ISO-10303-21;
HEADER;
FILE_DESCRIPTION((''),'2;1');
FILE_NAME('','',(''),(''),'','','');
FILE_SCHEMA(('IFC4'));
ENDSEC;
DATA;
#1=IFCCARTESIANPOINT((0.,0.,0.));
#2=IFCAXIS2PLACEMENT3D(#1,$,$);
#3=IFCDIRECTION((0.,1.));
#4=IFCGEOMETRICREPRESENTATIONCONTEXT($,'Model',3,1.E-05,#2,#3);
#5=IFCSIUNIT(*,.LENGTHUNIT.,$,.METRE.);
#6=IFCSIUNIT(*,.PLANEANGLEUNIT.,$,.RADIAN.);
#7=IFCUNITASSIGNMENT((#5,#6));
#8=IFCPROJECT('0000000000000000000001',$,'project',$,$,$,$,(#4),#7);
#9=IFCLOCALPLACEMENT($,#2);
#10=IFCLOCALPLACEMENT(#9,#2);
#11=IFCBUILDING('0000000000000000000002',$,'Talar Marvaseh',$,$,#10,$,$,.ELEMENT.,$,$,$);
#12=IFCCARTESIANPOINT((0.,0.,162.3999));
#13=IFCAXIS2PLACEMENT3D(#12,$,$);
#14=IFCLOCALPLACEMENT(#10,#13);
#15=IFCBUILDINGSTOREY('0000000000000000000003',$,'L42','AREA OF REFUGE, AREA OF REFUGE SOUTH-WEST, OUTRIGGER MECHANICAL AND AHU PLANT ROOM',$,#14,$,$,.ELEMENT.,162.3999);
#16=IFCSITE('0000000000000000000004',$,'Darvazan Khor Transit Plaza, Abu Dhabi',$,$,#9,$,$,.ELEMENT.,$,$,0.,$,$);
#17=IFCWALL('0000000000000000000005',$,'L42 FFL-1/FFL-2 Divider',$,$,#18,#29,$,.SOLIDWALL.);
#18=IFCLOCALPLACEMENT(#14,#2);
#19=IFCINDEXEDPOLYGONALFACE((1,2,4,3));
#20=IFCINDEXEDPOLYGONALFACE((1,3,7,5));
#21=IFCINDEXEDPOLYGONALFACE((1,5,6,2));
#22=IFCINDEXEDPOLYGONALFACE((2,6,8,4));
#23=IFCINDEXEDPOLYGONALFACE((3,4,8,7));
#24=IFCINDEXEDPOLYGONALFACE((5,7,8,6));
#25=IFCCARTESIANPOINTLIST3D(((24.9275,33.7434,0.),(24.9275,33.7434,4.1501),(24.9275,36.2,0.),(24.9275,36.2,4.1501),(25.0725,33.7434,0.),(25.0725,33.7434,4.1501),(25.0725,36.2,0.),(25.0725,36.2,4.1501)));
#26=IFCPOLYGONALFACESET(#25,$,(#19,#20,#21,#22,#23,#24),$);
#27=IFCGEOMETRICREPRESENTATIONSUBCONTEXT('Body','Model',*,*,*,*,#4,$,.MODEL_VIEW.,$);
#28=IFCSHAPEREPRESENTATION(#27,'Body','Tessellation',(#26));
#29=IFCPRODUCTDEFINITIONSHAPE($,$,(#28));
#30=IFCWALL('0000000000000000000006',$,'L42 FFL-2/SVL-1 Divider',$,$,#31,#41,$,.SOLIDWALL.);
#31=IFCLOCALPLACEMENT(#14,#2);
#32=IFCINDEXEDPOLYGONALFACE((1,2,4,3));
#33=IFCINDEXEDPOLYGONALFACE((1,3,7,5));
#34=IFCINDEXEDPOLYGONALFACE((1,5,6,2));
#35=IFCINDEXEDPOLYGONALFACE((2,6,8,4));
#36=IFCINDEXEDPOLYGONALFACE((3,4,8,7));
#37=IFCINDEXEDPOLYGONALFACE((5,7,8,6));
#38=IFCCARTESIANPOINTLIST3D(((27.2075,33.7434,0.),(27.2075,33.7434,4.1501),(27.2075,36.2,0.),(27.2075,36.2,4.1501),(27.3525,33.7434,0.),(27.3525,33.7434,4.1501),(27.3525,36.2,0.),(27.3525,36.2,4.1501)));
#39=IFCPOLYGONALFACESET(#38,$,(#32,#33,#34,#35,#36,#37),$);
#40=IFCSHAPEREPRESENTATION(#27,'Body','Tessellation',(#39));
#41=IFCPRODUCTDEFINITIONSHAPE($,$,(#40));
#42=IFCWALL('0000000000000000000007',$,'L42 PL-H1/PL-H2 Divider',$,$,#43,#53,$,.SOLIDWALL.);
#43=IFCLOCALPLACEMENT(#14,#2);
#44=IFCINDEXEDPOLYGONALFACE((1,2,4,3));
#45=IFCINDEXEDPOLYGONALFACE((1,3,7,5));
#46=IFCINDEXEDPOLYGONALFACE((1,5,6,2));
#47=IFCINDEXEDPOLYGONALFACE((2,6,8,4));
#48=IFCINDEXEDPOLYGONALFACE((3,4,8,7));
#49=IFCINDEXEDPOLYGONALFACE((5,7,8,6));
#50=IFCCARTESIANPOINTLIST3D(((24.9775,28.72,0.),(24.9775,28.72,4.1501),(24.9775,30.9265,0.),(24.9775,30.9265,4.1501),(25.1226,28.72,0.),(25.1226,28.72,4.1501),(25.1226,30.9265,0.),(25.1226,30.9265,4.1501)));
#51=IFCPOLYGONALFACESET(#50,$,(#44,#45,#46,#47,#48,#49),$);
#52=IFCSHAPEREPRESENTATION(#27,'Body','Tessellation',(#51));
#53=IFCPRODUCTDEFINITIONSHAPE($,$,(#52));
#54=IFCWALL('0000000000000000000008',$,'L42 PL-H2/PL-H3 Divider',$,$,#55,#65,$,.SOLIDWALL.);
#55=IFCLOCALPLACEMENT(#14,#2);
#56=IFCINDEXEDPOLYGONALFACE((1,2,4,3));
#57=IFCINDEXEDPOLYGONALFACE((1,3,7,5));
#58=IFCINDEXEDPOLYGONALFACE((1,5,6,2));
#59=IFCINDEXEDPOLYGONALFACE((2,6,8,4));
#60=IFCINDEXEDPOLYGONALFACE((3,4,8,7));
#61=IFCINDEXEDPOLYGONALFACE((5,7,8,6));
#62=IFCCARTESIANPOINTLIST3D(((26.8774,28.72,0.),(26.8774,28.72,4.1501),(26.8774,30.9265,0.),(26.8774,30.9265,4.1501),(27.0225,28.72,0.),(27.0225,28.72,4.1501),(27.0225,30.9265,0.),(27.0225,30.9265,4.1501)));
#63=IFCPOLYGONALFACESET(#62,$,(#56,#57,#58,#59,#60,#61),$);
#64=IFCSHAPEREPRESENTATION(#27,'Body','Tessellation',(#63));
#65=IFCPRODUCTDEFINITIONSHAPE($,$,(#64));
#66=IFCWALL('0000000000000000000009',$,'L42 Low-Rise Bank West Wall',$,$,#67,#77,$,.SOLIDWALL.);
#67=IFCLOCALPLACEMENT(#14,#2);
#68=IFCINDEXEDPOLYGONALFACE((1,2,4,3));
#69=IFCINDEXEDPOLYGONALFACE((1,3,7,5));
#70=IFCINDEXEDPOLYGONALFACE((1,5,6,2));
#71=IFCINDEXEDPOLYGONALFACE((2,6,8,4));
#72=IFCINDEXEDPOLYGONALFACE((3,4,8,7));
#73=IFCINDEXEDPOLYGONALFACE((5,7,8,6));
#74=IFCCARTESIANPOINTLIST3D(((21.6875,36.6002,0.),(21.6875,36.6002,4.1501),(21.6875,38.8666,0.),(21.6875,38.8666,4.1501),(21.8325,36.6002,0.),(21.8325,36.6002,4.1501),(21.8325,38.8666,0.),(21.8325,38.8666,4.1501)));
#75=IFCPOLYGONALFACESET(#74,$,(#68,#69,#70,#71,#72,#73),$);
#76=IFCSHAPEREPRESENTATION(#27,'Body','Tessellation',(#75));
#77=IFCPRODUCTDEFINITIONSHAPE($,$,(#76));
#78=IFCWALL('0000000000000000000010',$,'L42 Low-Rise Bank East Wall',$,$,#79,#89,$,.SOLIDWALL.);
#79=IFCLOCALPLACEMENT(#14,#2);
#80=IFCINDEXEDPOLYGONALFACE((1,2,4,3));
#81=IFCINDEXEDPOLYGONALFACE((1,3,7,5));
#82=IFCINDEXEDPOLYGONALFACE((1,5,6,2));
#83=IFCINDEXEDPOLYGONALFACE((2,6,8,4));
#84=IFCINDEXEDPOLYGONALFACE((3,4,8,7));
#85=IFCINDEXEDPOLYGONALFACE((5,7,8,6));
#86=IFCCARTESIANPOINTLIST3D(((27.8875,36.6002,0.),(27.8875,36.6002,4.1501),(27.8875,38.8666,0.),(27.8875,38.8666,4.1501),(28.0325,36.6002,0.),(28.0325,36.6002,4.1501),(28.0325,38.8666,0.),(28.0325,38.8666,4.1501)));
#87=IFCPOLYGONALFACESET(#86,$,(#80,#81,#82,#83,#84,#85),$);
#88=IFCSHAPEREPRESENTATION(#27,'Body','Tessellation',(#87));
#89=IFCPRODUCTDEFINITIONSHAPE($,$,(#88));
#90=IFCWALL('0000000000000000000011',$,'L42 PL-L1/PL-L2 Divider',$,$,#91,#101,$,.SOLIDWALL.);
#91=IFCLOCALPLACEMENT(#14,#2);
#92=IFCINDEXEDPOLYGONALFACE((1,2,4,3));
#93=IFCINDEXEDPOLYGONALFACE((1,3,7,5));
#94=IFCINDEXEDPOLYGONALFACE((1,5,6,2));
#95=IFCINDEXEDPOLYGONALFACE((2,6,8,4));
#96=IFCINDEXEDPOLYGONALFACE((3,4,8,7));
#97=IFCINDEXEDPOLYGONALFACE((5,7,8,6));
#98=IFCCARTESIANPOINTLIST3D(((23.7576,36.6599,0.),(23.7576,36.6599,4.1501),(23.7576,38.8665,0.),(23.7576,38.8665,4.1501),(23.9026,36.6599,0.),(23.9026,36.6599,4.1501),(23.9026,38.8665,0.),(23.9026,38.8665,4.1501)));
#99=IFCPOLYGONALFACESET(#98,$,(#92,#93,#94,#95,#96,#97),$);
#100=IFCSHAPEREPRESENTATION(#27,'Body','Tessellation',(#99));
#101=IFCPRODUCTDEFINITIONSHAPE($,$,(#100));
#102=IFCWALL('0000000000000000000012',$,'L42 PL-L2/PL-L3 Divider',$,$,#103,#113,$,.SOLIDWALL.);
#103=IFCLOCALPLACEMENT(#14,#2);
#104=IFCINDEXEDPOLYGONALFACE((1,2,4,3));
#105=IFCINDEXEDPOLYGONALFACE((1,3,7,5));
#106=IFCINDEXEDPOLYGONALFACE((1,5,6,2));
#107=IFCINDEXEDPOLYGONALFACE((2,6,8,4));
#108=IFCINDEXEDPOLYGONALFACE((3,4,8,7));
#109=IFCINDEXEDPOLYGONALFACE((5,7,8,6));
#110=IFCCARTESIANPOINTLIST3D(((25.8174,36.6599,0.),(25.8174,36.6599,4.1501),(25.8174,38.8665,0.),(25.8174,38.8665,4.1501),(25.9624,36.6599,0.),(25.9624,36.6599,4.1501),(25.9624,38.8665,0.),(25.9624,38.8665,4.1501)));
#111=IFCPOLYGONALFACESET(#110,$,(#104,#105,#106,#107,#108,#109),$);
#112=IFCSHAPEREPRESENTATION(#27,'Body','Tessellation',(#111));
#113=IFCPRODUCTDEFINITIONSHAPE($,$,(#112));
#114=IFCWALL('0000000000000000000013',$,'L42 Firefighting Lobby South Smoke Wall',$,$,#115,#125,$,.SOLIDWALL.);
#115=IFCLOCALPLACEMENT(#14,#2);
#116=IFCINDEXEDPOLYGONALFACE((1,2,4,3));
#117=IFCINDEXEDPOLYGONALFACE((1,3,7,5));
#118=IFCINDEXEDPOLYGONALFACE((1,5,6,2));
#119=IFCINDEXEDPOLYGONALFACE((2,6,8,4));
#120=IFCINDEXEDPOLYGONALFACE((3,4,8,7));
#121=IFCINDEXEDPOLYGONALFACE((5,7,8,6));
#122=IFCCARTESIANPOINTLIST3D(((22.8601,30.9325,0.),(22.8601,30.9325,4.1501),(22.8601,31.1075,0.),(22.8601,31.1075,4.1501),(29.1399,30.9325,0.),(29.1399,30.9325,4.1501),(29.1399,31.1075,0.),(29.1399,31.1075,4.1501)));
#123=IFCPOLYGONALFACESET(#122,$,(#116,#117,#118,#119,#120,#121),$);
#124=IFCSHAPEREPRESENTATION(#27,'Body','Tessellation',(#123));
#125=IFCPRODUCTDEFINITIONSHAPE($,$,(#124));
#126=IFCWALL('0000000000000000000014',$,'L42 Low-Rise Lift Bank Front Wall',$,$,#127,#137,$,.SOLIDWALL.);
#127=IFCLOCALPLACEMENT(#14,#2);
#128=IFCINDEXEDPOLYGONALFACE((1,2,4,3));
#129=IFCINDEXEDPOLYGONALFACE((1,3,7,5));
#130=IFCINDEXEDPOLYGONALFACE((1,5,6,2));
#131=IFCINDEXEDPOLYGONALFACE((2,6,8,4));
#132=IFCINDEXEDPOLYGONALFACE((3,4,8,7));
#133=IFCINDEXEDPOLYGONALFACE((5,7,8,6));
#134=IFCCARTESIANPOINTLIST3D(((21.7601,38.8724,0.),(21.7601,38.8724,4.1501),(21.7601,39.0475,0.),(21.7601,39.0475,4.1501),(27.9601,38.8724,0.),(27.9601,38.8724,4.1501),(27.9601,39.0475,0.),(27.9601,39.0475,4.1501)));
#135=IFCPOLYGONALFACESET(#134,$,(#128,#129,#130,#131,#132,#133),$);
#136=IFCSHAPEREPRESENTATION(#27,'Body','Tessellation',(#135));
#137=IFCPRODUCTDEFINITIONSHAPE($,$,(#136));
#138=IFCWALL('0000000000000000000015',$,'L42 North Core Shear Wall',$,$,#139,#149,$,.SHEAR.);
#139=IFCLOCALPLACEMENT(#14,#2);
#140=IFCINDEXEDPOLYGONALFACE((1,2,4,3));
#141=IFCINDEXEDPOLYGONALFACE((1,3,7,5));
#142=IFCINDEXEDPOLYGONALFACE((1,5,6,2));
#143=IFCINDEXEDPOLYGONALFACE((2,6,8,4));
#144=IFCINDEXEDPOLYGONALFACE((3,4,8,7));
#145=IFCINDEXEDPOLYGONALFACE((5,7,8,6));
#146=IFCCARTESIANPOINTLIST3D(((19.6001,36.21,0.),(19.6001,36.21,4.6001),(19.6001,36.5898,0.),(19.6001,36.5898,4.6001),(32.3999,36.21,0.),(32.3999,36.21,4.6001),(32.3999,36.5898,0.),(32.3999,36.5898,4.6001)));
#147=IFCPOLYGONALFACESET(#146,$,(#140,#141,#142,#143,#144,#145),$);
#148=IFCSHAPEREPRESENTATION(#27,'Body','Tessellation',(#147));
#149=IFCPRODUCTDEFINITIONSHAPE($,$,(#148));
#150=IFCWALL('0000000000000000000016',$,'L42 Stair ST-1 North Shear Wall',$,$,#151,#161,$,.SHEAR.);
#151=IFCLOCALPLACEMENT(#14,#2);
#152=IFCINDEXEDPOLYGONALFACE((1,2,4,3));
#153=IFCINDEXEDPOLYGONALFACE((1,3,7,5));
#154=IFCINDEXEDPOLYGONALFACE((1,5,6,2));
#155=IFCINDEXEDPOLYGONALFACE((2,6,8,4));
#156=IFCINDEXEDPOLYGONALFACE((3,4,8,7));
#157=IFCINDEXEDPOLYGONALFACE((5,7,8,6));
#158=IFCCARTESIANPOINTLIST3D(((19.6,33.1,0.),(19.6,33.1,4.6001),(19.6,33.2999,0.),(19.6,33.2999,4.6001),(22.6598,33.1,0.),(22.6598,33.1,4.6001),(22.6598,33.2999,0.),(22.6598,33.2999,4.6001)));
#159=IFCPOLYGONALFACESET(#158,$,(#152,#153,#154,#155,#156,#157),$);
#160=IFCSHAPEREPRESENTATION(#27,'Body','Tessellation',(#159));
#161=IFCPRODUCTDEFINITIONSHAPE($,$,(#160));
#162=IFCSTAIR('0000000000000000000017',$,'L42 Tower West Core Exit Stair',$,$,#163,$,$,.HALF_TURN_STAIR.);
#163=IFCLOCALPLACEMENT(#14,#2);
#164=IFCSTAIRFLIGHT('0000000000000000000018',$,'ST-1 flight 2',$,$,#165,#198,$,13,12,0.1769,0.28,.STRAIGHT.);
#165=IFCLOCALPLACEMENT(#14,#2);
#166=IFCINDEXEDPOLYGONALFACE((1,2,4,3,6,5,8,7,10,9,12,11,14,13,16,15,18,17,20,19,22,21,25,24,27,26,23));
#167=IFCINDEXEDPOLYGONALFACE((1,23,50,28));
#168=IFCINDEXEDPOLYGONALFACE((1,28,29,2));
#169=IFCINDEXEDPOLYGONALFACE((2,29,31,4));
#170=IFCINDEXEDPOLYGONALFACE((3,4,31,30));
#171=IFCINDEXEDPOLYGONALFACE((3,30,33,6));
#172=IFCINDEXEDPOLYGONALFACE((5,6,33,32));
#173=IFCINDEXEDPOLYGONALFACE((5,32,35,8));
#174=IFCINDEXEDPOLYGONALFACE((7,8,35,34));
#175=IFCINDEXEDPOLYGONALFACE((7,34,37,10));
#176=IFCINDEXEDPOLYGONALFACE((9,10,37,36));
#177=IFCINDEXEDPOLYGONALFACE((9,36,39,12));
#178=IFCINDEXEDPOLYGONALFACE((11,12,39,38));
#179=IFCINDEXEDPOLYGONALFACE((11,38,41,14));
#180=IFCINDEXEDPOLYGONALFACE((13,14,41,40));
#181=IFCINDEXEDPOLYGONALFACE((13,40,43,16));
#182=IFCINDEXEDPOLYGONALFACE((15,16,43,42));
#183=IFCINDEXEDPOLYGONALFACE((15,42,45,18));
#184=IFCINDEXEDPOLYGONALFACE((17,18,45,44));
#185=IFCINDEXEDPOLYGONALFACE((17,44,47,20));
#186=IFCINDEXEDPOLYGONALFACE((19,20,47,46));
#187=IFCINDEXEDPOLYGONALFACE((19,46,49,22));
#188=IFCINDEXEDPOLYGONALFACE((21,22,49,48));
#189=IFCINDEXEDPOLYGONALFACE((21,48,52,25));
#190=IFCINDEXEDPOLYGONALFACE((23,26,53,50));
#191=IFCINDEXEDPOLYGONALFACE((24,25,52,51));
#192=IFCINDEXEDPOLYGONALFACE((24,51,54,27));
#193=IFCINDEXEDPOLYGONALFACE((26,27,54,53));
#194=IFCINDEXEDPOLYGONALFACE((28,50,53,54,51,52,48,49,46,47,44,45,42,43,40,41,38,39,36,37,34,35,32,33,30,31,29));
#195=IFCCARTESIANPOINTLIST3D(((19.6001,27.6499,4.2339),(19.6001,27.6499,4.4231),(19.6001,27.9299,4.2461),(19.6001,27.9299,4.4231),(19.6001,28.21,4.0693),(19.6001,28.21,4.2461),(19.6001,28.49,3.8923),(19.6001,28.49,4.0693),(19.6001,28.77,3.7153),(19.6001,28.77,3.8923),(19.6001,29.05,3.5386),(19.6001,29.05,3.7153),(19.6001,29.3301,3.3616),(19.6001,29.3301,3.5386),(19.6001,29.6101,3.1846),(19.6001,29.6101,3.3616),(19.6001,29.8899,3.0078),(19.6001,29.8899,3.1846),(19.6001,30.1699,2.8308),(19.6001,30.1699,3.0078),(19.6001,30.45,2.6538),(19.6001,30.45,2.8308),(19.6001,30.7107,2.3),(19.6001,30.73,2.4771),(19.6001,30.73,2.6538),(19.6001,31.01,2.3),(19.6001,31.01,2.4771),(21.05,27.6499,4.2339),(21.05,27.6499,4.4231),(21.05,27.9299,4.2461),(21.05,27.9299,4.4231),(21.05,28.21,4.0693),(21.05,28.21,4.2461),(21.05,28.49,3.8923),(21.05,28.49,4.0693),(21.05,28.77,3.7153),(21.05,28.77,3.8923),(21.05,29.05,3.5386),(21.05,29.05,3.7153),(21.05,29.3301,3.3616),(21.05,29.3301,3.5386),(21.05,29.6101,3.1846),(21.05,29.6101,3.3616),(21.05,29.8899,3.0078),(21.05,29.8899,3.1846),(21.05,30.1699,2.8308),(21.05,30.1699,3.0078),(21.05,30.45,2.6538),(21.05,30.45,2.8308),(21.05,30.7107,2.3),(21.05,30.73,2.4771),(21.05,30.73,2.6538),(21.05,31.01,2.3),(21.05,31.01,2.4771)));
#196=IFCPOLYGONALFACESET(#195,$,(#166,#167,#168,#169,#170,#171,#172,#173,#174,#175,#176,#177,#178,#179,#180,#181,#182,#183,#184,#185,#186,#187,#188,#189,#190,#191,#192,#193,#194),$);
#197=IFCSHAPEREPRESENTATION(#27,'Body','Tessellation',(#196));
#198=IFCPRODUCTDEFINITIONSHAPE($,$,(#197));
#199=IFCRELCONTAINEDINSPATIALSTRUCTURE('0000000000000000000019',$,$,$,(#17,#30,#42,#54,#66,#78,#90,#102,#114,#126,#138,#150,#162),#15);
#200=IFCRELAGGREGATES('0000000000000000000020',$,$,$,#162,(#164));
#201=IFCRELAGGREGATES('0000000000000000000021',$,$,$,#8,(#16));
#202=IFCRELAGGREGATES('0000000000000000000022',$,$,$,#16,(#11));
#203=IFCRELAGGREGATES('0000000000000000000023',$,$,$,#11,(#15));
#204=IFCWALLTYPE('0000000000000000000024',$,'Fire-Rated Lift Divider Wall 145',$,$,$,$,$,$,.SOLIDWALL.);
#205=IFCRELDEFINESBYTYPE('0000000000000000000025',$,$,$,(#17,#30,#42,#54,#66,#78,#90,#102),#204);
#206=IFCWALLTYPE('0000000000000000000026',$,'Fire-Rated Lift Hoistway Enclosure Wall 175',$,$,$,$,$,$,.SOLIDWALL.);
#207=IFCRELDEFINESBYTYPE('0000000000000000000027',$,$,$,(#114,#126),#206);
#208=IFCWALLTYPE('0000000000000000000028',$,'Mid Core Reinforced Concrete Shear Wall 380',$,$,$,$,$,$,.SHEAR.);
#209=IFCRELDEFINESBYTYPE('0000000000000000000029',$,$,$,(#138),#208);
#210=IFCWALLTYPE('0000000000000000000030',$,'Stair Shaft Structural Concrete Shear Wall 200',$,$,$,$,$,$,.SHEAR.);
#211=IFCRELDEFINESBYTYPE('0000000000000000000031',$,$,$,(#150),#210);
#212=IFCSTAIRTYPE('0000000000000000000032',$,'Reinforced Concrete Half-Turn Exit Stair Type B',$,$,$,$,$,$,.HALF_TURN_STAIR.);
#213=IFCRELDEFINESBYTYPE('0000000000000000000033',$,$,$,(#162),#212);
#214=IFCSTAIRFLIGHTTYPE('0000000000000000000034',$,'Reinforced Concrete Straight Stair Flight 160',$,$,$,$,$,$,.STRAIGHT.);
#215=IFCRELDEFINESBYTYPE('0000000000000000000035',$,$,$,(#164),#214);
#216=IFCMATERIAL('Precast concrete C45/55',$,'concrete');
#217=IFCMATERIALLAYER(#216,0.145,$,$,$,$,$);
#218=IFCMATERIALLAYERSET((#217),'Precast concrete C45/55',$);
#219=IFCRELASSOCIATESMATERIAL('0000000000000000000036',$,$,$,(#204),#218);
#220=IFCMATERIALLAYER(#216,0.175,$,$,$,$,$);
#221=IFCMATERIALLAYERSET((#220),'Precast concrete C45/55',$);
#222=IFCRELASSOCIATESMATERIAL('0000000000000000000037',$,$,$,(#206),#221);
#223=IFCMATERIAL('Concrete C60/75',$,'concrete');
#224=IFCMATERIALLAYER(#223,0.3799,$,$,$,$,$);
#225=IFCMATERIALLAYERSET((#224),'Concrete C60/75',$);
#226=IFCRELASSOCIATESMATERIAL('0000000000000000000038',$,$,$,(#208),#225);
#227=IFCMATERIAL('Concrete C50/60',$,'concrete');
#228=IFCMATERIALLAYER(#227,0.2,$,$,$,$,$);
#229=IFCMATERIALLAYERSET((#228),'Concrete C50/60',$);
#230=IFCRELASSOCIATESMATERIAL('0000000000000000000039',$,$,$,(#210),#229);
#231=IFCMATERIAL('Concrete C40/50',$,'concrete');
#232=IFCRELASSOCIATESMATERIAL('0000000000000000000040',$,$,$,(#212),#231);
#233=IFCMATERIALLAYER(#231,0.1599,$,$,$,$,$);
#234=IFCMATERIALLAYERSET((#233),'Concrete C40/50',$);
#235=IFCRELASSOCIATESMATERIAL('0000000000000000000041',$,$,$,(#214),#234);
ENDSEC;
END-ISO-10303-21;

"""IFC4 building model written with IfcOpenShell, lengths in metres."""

from ifc_helpers import new_model, si_unit, direction, frame, frame_2d, origin, place, context, subcontext, project, spatial, polyline, rectangle, outline, extrude, material, layer, layer_set, type_object, element, aggregate, save


model = new_model("IFC4")

# Units and contexts
model_context = context("Model", 3, precision=1e-05, world=origin(), true_north=direction((0.0, 1.0)))
body_context = subcontext(model_context, "Body", "Model", "MODEL_VIEW")
ifc_project = project(units=[si_unit("LENGTHUNIT", "METRE"), si_unit("PLANEANGLEUNIT", "RADIAN")], contexts=[model_context])

# Site, building, storey
site_placement = place(None, origin())
site = spatial("IfcSite", under=ifc_project, at=site_placement, Name="Darvazan Khor Transit Plaza, Abu Dhabi", CompositionType="ELEMENT", RefElevation=0.0)
building_placement = place(site_placement, origin())
building = spatial("IfcBuilding", under=site, at=building_placement, Name="Talar Marvaseh", CompositionType="ELEMENT")
storey_placement = place(building_placement, frame((0.0, 0.0, 162.3999)))
storey = spatial("IfcBuildingStorey", under=building, at=storey_placement, Name="L42", Description="AREA OF REFUGE, AREA OF REFUGE SOUTH-WEST, OUTRIGGER MECHANICAL AND AHU PLANT ROOM", CompositionType="ELEMENT", Elevation=162.3999)

# Walls
ifc_material_1 = material(Name="Precast concrete C45/55", Category="concrete")
ifc_layer_1 = layer(ifc_material_1, 0.145)
ifc_layer_set_1 = layer_set([ifc_layer_1], Name="Precast concrete C45/55")
wall_type_1 = type_object("IfcWallType", Name="Fire-Rated Lift Divider Wall 145", PredefinedType="SOLIDWALL", material=ifc_layer_set_1)
for number, where, z_axis, x_axis, name in (
    (1, (25.0, 33.7434, 0.0), (0.0, 0.0, 1.0), (0.0, 1.0, 0.0), "L42 FFL-1/FFL-2 Divider"),
    (2, (27.28, 33.7434, 0.0), (0.0, 0.0, 1.0), (0.0, 1.0, 0.0), "L42 FFL-2/SVL-1 Divider"),
):
    element("IfcWall", number, at=place(storey_placement, frame(where, z_axis=z_axis, x_axis=x_axis)), inside=storey, type_object=wall_type_1, Name=name, PredefinedType="SOLIDWALL", context=body_context, shape_type="SweptSolid", body=[
        extrude(rectangle(XDim=2.4565, YDim=0.145, at=frame_2d((1.2283, 0.0))), origin(), (0.0, 0.0, 1.0), 4.1501),
    ])
for number, where, z_axis, x_axis, name in (
    (3, (25.05, 28.72, 0.0), (0.0, 0.0, 1.0), (0.0, 1.0, 0.0), "L42 PL-H1/PL-H2 Divider"),
    (4, (26.95, 28.72, 0.0), (0.0, 0.0, 1.0), (0.0, 1.0, 0.0), "L42 PL-H2/PL-H3 Divider"),
):
    element("IfcWall", number, at=place(storey_placement, frame(where, z_axis=z_axis, x_axis=x_axis)), inside=storey, type_object=wall_type_1, Name=name, PredefinedType="SOLIDWALL", context=body_context, shape_type="SweptSolid", body=[
        extrude(rectangle(XDim=2.2065, YDim=0.145, at=frame_2d((1.1033, 0.0))), origin(), (0.0, 0.0, 1.0), 4.1501),
    ])
for number, where, z_axis, x_axis, name in (
    (5, (21.76, 36.6001, 0.0), (0.0, 0.0, 1.0), (0.0, 1.0, 0.0), "L42 Low-Rise Bank West Wall"),
    (6, (27.96, 36.6001, 0.0), (0.0, 0.0, 1.0), (0.0, 1.0, 0.0), "L42 Low-Rise Bank East Wall"),
):
    element("IfcWall", number, at=place(storey_placement, frame(where, z_axis=z_axis, x_axis=x_axis)), inside=storey, type_object=wall_type_1, Name=name, PredefinedType="SOLIDWALL", context=body_context, shape_type="SweptSolid", body=[
        extrude(rectangle(XDim=2.2664, YDim=0.145, at=frame_2d((1.1333, 0.0))), origin(), (0.0, 0.0, 1.0), 4.1501),
    ])
for number, where, z_axis, x_axis, name in (
    (7, (23.8301, 36.6599, 0.0), (0.0, 0.0, 1.0), (0.0, 1.0, 0.0), "L42 PL-L1/PL-L2 Divider"),
    (8, (25.8899, 36.6599, 0.0), (0.0, 0.0, 1.0), (0.0, 1.0, 0.0), "L42 PL-L2/PL-L3 Divider"),
):
    element("IfcWall", number, at=place(storey_placement, frame(where, z_axis=z_axis, x_axis=x_axis)), inside=storey, type_object=wall_type_1, Name=name, PredefinedType="SOLIDWALL", context=body_context, shape_type="SweptSolid", body=[
        extrude(rectangle(XDim=2.2065, YDim=0.145, at=frame_2d((1.1033, 0.0))), origin(), (0.0, 0.0, 1.0), 4.1501),
    ])

# Shared definitions
ifc_layer_2 = layer(ifc_material_1, 0.175)
ifc_layer_set_2 = layer_set([ifc_layer_2], Name="Precast concrete C45/55")
wall_type_2 = type_object("IfcWallType", Name="Fire-Rated Lift Hoistway Enclosure Wall 175", PredefinedType="SOLIDWALL", material=ifc_layer_set_2)

# Walls
wall_1_placement = place(storey_placement, frame((22.8601, 31.02, 0.0), z_axis=(0.0, 0.0, 1.0), x_axis=(1.0, 0.0, 0.0)))
element("IfcWall", 9, at=wall_1_placement, inside=storey, type_object=wall_type_2, Name="L42 Firefighting Lobby South Smoke Wall", PredefinedType="SOLIDWALL", context=body_context, shape_type="SweptSolid", body=[
    extrude(rectangle(XDim=6.2798, YDim=0.175, at=frame_2d((3.1399, 0.0))), origin(), (0.0, 0.0, 1.0), 4.1501),
])
wall_2_placement = place(storey_placement, frame((21.76, 38.96, 0.0), z_axis=(0.0, 0.0, 1.0), x_axis=(1.0, 0.0, 0.0)))
element("IfcWall", 10, at=wall_2_placement, inside=storey, type_object=wall_type_2, Name="L42 Low-Rise Lift Bank Front Wall", PredefinedType="SOLIDWALL", context=body_context, shape_type="SweptSolid", body=[
    extrude(rectangle(XDim=6.2, YDim=0.175, at=frame_2d((3.1001, 0.0))), origin(), (0.0, 0.0, 1.0), 4.1501),
])
ifc_material_2 = material(Name="Concrete C60/75", Category="concrete")
ifc_layer_3 = layer(ifc_material_2, 0.3799)
ifc_layer_set_3 = layer_set([ifc_layer_3], Name="Concrete C60/75")
wall_type_3 = type_object("IfcWallType", Name="Mid Core Reinforced Concrete Shear Wall 380", PredefinedType="SHEAR", material=ifc_layer_set_3)
wall_3_placement = place(storey_placement, frame((19.6001, 36.3999, 0.0), z_axis=(0.0, 0.0, 1.0), x_axis=(1.0, 0.0, 0.0)))
element("IfcWall", 11, at=wall_3_placement, inside=storey, type_object=wall_type_3, Name="L42 North Core Shear Wall", PredefinedType="SHEAR", context=body_context, shape_type="SweptSolid", body=[
    extrude(rectangle(XDim=12.7998, YDim=0.3799, at=frame_2d((6.3999, 0.0))), origin(), (0.0, 0.0, 1.0), 4.6001),
])
ifc_material_3 = material(Name="Concrete C50/60", Category="concrete")
ifc_layer_4 = layer(ifc_material_3, 0.2)
ifc_layer_set_4 = layer_set([ifc_layer_4], Name="Concrete C50/60")
wall_type_4 = type_object("IfcWallType", Name="Stair Shaft Structural Concrete Shear Wall 200", PredefinedType="SHEAR", material=ifc_layer_set_4)
wall_4_placement = place(storey_placement, frame((19.6001, 33.2, 0.0), z_axis=(0.0, 0.0, 1.0), x_axis=(1.0, 0.0, 0.0)))
element("IfcWall", 12, at=wall_4_placement, inside=storey, type_object=wall_type_4, Name="L42 Stair ST-1 North Shear Wall", PredefinedType="SHEAR", context=body_context, shape_type="SweptSolid", body=[
    extrude(rectangle(XDim=3.0598, YDim=0.2, at=frame_2d((1.5298, 0.0))), origin(), (0.0, 0.0, 1.0), 4.6001),
])

# Stair, stair flight
ifc_material_4 = material(Name="Concrete C40/50", Category="concrete")
stair_type = type_object("IfcStairType", Name="Reinforced Concrete Half-Turn Exit Stair Type B", PredefinedType="HALF_TURN_STAIR", material=ifc_material_4)
stair_placement = place(storey_placement, origin())
stair = element("IfcStair", 13, at=stair_placement, inside=storey, type_object=stair_type, Name="L42 Tower West Core Exit Stair", PredefinedType="HALF_TURN_STAIR")
ifc_layer_5 = layer(ifc_material_4, 0.1599)
ifc_layer_set_5 = layer_set([ifc_layer_5], Name="Concrete C40/50")
stair_flight_type = type_object("IfcStairFlightType", Name="Reinforced Concrete Straight Stair Flight 160", PredefinedType="STRAIGHT", material=ifc_layer_set_5)
stair_flight_placement = place(storey_placement, frame((20.325, 31.01, 2.3), z_axis=(0.0, 0.0, 1.0), x_axis=(0.0, -1.0, 0.0)))
stair_flight = element("IfcStairFlight", 14, at=stair_flight_placement, type_object=stair_flight_type, Name="ST-1 flight 2", NumberOfRisers=13, NumberOfTreads=12, PredefinedType="STRAIGHT", RiserHeight=0.1769, TreadLength=0.28, context=body_context, shape_type="SweptSolid", body=[
    extrude(outline(polyline([(0.0, 0.0), (0.0, 0.177), (0.28, 0.177), (0.28, 0.3538), (0.5601, 0.3538), (0.5601, 0.5308), (0.8401, 0.5308), (0.8401, 0.7078), (1.1201, 0.7078), (1.1201, 0.8845), (1.3999, 0.8845), (1.3999, 1.0615), (1.6799, 1.0615), (1.6799, 1.2385), (1.96, 1.2385), (1.96, 1.4153), (2.24, 1.4153), (2.24, 1.5923), (2.52, 1.5923), (2.52, 1.7693), (2.8, 1.7693), (2.8, 1.946), (3.0801, 1.946), (3.0801, 2.123), (3.3601, 2.123), (3.3601, 2.3), (3.3601, 1.9338), (0.2993, 0.0), (0.0, 0.0)])), frame((0.0, 0.7251, 0.0), z_axis=(0.0, -1.0, 0.0), x_axis=(1.0, 0.0, 0.0)), (0.0, 0.0, 1.0), 1.45),
])
aggregate(stair, [stair_flight])

save(model, "model.ifc")
